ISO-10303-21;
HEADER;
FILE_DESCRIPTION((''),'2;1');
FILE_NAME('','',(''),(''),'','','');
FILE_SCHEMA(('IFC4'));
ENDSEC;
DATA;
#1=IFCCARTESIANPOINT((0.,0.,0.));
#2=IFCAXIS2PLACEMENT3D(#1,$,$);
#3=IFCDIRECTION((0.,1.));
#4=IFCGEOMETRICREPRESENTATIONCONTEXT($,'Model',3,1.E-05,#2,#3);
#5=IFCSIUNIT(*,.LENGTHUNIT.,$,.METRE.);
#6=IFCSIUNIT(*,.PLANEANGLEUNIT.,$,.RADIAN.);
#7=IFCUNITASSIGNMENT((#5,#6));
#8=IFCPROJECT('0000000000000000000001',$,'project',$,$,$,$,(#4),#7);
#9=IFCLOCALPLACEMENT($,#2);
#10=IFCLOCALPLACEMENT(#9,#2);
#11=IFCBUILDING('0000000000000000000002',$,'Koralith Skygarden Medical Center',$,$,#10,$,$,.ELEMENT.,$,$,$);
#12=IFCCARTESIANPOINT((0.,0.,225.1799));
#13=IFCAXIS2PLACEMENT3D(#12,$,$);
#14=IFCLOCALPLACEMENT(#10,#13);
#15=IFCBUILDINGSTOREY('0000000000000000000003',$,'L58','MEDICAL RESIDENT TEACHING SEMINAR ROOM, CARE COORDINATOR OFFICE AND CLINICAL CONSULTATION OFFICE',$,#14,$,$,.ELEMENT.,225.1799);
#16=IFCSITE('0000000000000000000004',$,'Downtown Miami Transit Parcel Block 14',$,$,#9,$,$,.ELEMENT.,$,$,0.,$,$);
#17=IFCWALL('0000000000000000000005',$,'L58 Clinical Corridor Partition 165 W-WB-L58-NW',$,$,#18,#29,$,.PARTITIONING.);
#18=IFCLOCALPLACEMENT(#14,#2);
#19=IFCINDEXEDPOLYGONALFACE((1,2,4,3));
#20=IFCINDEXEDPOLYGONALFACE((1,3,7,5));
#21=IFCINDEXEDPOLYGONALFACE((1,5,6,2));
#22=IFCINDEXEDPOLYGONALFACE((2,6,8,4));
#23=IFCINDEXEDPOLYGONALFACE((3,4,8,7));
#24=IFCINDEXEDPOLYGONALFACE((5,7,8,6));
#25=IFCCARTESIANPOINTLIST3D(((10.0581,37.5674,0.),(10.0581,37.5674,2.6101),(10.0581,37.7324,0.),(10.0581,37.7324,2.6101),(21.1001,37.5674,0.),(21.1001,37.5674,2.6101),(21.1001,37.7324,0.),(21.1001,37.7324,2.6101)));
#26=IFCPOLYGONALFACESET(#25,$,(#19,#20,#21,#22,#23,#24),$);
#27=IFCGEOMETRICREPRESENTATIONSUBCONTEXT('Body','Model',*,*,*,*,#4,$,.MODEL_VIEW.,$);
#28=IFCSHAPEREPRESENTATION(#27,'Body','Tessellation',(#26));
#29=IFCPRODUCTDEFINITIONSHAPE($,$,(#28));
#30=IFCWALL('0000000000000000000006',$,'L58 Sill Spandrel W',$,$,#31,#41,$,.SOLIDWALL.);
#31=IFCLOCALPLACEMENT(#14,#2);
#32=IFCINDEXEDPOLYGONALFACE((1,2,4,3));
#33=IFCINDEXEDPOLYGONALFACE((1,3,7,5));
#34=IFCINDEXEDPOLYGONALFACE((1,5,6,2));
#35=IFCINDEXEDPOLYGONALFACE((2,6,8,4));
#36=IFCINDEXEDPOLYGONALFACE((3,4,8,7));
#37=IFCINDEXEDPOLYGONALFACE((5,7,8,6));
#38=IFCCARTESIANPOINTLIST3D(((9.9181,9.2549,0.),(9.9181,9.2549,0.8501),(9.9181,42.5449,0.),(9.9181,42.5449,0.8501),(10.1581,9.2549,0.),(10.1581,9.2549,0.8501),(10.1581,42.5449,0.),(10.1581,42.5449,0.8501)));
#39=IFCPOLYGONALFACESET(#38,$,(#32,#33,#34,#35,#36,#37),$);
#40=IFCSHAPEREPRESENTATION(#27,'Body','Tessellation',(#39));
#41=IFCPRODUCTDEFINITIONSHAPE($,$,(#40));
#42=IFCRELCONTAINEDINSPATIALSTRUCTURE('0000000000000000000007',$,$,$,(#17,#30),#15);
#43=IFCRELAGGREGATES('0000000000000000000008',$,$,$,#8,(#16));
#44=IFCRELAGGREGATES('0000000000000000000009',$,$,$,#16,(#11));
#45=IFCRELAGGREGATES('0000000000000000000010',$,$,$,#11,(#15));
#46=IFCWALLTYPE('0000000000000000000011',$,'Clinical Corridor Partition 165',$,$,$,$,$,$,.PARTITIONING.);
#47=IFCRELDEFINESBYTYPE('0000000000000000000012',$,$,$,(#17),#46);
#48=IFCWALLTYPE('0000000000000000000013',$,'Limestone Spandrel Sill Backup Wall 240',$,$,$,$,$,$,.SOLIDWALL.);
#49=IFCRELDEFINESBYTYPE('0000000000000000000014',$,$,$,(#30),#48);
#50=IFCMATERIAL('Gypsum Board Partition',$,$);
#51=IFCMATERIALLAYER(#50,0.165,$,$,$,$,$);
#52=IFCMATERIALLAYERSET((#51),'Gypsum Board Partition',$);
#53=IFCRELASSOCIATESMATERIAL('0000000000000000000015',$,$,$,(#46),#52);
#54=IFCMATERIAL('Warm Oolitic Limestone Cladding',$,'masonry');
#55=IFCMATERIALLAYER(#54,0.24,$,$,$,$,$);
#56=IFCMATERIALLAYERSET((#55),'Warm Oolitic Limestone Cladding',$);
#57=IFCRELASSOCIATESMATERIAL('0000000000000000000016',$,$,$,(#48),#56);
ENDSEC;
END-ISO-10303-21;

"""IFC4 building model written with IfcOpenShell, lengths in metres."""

from ifc_helpers import new_model, si_unit, direction, frame, frame_2d, origin, place, context, subcontext, project, spatial, rectangle, extrude, material, layer, layer_set, type_object, element, save


model = new_model("IFC4")

# Units and contexts
model_context = context("Model", 3, precision=1e-05, world=origin(), true_north=direction((0.0, 1.0)))
body_context = subcontext(model_context, "Body", "Model", "MODEL_VIEW")
ifc_project = project(units=[si_unit("LENGTHUNIT", "METRE"), si_unit("PLANEANGLEUNIT", "RADIAN")], contexts=[model_context])

# Site, building, storey
site_placement = place(None, origin())
site = spatial("IfcSite", under=ifc_project, at=site_placement, Name="Downtown Miami Transit Parcel Block 14", CompositionType="ELEMENT", RefElevation=0.0)
building_placement = place(site_placement, origin())
building = spatial("IfcBuilding", under=site, at=building_placement, Name="Koralith Skygarden Medical Center", CompositionType="ELEMENT")
storey_placement = place(building_placement, frame((0.0, 0.0, 225.1799)))
storey = spatial("IfcBuildingStorey", under=building, at=storey_placement, Name="L58", Description="MEDICAL RESIDENT TEACHING SEMINAR ROOM, CARE COORDINATOR OFFICE AND CLINICAL CONSULTATION OFFICE", CompositionType="ELEMENT", Elevation=225.1799)

# Wall
ifc_material_1 = material(Name="Gypsum Board Partition")
ifc_layer_1 = layer(ifc_material_1, 0.165)
ifc_layer_set_1 = layer_set([ifc_layer_1], Name="Gypsum Board Partition")
wall_type_1 = type_object("IfcWallType", Name="Clinical Corridor Partition 165", PredefinedType="PARTITIONING", material=ifc_layer_set_1)
wall_1_placement = place(storey_placement, frame((10.0581, 37.6499, 0.0), z_axis=(0.0, 0.0, 1.0), x_axis=(1.0, 0.0, 0.0)))
element("IfcWall", 1, at=wall_1_placement, inside=storey, type_object=wall_type_1, Name="L58 Clinical Corridor Partition 165 W-WB-L58-NW", PredefinedType="PARTITIONING", context=body_context, shape_type="SweptSolid", body=[
    extrude(rectangle(XDim=11.042, YDim=0.165, at=frame_2d((5.521, 0.0))), origin(), (0.0, 0.0, 1.0), 2.6101),
])

# Wall
ifc_material_2 = material(Name="Warm Oolitic Limestone Cladding", Category="masonry")
ifc_layer_2 = layer(ifc_material_2, 0.24)
ifc_layer_set_2 = layer_set([ifc_layer_2], Name="Warm Oolitic Limestone Cladding")
wall_type_2 = type_object("IfcWallType", Name="Limestone Spandrel Sill Backup Wall 240", PredefinedType="SOLIDWALL", material=ifc_layer_set_2)
wall_2_placement = place(storey_placement, frame((10.0381, 42.5449, 0.0), z_axis=(0.0, 0.0, 1.0), x_axis=(0.0, -1.0, 0.0)))
element("IfcWall", 2, at=wall_2_placement, inside=storey, type_object=wall_type_2, Name="L58 Sill Spandrel W", PredefinedType="SOLIDWALL", context=body_context, shape_type="SweptSolid", body=[
    extrude(rectangle(XDim=33.29, YDim=0.24, at=frame_2d((16.645, 0.0))), origin(), (0.0, 0.0, 1.0), 0.8501),
])

save(model, "model.ifc")
